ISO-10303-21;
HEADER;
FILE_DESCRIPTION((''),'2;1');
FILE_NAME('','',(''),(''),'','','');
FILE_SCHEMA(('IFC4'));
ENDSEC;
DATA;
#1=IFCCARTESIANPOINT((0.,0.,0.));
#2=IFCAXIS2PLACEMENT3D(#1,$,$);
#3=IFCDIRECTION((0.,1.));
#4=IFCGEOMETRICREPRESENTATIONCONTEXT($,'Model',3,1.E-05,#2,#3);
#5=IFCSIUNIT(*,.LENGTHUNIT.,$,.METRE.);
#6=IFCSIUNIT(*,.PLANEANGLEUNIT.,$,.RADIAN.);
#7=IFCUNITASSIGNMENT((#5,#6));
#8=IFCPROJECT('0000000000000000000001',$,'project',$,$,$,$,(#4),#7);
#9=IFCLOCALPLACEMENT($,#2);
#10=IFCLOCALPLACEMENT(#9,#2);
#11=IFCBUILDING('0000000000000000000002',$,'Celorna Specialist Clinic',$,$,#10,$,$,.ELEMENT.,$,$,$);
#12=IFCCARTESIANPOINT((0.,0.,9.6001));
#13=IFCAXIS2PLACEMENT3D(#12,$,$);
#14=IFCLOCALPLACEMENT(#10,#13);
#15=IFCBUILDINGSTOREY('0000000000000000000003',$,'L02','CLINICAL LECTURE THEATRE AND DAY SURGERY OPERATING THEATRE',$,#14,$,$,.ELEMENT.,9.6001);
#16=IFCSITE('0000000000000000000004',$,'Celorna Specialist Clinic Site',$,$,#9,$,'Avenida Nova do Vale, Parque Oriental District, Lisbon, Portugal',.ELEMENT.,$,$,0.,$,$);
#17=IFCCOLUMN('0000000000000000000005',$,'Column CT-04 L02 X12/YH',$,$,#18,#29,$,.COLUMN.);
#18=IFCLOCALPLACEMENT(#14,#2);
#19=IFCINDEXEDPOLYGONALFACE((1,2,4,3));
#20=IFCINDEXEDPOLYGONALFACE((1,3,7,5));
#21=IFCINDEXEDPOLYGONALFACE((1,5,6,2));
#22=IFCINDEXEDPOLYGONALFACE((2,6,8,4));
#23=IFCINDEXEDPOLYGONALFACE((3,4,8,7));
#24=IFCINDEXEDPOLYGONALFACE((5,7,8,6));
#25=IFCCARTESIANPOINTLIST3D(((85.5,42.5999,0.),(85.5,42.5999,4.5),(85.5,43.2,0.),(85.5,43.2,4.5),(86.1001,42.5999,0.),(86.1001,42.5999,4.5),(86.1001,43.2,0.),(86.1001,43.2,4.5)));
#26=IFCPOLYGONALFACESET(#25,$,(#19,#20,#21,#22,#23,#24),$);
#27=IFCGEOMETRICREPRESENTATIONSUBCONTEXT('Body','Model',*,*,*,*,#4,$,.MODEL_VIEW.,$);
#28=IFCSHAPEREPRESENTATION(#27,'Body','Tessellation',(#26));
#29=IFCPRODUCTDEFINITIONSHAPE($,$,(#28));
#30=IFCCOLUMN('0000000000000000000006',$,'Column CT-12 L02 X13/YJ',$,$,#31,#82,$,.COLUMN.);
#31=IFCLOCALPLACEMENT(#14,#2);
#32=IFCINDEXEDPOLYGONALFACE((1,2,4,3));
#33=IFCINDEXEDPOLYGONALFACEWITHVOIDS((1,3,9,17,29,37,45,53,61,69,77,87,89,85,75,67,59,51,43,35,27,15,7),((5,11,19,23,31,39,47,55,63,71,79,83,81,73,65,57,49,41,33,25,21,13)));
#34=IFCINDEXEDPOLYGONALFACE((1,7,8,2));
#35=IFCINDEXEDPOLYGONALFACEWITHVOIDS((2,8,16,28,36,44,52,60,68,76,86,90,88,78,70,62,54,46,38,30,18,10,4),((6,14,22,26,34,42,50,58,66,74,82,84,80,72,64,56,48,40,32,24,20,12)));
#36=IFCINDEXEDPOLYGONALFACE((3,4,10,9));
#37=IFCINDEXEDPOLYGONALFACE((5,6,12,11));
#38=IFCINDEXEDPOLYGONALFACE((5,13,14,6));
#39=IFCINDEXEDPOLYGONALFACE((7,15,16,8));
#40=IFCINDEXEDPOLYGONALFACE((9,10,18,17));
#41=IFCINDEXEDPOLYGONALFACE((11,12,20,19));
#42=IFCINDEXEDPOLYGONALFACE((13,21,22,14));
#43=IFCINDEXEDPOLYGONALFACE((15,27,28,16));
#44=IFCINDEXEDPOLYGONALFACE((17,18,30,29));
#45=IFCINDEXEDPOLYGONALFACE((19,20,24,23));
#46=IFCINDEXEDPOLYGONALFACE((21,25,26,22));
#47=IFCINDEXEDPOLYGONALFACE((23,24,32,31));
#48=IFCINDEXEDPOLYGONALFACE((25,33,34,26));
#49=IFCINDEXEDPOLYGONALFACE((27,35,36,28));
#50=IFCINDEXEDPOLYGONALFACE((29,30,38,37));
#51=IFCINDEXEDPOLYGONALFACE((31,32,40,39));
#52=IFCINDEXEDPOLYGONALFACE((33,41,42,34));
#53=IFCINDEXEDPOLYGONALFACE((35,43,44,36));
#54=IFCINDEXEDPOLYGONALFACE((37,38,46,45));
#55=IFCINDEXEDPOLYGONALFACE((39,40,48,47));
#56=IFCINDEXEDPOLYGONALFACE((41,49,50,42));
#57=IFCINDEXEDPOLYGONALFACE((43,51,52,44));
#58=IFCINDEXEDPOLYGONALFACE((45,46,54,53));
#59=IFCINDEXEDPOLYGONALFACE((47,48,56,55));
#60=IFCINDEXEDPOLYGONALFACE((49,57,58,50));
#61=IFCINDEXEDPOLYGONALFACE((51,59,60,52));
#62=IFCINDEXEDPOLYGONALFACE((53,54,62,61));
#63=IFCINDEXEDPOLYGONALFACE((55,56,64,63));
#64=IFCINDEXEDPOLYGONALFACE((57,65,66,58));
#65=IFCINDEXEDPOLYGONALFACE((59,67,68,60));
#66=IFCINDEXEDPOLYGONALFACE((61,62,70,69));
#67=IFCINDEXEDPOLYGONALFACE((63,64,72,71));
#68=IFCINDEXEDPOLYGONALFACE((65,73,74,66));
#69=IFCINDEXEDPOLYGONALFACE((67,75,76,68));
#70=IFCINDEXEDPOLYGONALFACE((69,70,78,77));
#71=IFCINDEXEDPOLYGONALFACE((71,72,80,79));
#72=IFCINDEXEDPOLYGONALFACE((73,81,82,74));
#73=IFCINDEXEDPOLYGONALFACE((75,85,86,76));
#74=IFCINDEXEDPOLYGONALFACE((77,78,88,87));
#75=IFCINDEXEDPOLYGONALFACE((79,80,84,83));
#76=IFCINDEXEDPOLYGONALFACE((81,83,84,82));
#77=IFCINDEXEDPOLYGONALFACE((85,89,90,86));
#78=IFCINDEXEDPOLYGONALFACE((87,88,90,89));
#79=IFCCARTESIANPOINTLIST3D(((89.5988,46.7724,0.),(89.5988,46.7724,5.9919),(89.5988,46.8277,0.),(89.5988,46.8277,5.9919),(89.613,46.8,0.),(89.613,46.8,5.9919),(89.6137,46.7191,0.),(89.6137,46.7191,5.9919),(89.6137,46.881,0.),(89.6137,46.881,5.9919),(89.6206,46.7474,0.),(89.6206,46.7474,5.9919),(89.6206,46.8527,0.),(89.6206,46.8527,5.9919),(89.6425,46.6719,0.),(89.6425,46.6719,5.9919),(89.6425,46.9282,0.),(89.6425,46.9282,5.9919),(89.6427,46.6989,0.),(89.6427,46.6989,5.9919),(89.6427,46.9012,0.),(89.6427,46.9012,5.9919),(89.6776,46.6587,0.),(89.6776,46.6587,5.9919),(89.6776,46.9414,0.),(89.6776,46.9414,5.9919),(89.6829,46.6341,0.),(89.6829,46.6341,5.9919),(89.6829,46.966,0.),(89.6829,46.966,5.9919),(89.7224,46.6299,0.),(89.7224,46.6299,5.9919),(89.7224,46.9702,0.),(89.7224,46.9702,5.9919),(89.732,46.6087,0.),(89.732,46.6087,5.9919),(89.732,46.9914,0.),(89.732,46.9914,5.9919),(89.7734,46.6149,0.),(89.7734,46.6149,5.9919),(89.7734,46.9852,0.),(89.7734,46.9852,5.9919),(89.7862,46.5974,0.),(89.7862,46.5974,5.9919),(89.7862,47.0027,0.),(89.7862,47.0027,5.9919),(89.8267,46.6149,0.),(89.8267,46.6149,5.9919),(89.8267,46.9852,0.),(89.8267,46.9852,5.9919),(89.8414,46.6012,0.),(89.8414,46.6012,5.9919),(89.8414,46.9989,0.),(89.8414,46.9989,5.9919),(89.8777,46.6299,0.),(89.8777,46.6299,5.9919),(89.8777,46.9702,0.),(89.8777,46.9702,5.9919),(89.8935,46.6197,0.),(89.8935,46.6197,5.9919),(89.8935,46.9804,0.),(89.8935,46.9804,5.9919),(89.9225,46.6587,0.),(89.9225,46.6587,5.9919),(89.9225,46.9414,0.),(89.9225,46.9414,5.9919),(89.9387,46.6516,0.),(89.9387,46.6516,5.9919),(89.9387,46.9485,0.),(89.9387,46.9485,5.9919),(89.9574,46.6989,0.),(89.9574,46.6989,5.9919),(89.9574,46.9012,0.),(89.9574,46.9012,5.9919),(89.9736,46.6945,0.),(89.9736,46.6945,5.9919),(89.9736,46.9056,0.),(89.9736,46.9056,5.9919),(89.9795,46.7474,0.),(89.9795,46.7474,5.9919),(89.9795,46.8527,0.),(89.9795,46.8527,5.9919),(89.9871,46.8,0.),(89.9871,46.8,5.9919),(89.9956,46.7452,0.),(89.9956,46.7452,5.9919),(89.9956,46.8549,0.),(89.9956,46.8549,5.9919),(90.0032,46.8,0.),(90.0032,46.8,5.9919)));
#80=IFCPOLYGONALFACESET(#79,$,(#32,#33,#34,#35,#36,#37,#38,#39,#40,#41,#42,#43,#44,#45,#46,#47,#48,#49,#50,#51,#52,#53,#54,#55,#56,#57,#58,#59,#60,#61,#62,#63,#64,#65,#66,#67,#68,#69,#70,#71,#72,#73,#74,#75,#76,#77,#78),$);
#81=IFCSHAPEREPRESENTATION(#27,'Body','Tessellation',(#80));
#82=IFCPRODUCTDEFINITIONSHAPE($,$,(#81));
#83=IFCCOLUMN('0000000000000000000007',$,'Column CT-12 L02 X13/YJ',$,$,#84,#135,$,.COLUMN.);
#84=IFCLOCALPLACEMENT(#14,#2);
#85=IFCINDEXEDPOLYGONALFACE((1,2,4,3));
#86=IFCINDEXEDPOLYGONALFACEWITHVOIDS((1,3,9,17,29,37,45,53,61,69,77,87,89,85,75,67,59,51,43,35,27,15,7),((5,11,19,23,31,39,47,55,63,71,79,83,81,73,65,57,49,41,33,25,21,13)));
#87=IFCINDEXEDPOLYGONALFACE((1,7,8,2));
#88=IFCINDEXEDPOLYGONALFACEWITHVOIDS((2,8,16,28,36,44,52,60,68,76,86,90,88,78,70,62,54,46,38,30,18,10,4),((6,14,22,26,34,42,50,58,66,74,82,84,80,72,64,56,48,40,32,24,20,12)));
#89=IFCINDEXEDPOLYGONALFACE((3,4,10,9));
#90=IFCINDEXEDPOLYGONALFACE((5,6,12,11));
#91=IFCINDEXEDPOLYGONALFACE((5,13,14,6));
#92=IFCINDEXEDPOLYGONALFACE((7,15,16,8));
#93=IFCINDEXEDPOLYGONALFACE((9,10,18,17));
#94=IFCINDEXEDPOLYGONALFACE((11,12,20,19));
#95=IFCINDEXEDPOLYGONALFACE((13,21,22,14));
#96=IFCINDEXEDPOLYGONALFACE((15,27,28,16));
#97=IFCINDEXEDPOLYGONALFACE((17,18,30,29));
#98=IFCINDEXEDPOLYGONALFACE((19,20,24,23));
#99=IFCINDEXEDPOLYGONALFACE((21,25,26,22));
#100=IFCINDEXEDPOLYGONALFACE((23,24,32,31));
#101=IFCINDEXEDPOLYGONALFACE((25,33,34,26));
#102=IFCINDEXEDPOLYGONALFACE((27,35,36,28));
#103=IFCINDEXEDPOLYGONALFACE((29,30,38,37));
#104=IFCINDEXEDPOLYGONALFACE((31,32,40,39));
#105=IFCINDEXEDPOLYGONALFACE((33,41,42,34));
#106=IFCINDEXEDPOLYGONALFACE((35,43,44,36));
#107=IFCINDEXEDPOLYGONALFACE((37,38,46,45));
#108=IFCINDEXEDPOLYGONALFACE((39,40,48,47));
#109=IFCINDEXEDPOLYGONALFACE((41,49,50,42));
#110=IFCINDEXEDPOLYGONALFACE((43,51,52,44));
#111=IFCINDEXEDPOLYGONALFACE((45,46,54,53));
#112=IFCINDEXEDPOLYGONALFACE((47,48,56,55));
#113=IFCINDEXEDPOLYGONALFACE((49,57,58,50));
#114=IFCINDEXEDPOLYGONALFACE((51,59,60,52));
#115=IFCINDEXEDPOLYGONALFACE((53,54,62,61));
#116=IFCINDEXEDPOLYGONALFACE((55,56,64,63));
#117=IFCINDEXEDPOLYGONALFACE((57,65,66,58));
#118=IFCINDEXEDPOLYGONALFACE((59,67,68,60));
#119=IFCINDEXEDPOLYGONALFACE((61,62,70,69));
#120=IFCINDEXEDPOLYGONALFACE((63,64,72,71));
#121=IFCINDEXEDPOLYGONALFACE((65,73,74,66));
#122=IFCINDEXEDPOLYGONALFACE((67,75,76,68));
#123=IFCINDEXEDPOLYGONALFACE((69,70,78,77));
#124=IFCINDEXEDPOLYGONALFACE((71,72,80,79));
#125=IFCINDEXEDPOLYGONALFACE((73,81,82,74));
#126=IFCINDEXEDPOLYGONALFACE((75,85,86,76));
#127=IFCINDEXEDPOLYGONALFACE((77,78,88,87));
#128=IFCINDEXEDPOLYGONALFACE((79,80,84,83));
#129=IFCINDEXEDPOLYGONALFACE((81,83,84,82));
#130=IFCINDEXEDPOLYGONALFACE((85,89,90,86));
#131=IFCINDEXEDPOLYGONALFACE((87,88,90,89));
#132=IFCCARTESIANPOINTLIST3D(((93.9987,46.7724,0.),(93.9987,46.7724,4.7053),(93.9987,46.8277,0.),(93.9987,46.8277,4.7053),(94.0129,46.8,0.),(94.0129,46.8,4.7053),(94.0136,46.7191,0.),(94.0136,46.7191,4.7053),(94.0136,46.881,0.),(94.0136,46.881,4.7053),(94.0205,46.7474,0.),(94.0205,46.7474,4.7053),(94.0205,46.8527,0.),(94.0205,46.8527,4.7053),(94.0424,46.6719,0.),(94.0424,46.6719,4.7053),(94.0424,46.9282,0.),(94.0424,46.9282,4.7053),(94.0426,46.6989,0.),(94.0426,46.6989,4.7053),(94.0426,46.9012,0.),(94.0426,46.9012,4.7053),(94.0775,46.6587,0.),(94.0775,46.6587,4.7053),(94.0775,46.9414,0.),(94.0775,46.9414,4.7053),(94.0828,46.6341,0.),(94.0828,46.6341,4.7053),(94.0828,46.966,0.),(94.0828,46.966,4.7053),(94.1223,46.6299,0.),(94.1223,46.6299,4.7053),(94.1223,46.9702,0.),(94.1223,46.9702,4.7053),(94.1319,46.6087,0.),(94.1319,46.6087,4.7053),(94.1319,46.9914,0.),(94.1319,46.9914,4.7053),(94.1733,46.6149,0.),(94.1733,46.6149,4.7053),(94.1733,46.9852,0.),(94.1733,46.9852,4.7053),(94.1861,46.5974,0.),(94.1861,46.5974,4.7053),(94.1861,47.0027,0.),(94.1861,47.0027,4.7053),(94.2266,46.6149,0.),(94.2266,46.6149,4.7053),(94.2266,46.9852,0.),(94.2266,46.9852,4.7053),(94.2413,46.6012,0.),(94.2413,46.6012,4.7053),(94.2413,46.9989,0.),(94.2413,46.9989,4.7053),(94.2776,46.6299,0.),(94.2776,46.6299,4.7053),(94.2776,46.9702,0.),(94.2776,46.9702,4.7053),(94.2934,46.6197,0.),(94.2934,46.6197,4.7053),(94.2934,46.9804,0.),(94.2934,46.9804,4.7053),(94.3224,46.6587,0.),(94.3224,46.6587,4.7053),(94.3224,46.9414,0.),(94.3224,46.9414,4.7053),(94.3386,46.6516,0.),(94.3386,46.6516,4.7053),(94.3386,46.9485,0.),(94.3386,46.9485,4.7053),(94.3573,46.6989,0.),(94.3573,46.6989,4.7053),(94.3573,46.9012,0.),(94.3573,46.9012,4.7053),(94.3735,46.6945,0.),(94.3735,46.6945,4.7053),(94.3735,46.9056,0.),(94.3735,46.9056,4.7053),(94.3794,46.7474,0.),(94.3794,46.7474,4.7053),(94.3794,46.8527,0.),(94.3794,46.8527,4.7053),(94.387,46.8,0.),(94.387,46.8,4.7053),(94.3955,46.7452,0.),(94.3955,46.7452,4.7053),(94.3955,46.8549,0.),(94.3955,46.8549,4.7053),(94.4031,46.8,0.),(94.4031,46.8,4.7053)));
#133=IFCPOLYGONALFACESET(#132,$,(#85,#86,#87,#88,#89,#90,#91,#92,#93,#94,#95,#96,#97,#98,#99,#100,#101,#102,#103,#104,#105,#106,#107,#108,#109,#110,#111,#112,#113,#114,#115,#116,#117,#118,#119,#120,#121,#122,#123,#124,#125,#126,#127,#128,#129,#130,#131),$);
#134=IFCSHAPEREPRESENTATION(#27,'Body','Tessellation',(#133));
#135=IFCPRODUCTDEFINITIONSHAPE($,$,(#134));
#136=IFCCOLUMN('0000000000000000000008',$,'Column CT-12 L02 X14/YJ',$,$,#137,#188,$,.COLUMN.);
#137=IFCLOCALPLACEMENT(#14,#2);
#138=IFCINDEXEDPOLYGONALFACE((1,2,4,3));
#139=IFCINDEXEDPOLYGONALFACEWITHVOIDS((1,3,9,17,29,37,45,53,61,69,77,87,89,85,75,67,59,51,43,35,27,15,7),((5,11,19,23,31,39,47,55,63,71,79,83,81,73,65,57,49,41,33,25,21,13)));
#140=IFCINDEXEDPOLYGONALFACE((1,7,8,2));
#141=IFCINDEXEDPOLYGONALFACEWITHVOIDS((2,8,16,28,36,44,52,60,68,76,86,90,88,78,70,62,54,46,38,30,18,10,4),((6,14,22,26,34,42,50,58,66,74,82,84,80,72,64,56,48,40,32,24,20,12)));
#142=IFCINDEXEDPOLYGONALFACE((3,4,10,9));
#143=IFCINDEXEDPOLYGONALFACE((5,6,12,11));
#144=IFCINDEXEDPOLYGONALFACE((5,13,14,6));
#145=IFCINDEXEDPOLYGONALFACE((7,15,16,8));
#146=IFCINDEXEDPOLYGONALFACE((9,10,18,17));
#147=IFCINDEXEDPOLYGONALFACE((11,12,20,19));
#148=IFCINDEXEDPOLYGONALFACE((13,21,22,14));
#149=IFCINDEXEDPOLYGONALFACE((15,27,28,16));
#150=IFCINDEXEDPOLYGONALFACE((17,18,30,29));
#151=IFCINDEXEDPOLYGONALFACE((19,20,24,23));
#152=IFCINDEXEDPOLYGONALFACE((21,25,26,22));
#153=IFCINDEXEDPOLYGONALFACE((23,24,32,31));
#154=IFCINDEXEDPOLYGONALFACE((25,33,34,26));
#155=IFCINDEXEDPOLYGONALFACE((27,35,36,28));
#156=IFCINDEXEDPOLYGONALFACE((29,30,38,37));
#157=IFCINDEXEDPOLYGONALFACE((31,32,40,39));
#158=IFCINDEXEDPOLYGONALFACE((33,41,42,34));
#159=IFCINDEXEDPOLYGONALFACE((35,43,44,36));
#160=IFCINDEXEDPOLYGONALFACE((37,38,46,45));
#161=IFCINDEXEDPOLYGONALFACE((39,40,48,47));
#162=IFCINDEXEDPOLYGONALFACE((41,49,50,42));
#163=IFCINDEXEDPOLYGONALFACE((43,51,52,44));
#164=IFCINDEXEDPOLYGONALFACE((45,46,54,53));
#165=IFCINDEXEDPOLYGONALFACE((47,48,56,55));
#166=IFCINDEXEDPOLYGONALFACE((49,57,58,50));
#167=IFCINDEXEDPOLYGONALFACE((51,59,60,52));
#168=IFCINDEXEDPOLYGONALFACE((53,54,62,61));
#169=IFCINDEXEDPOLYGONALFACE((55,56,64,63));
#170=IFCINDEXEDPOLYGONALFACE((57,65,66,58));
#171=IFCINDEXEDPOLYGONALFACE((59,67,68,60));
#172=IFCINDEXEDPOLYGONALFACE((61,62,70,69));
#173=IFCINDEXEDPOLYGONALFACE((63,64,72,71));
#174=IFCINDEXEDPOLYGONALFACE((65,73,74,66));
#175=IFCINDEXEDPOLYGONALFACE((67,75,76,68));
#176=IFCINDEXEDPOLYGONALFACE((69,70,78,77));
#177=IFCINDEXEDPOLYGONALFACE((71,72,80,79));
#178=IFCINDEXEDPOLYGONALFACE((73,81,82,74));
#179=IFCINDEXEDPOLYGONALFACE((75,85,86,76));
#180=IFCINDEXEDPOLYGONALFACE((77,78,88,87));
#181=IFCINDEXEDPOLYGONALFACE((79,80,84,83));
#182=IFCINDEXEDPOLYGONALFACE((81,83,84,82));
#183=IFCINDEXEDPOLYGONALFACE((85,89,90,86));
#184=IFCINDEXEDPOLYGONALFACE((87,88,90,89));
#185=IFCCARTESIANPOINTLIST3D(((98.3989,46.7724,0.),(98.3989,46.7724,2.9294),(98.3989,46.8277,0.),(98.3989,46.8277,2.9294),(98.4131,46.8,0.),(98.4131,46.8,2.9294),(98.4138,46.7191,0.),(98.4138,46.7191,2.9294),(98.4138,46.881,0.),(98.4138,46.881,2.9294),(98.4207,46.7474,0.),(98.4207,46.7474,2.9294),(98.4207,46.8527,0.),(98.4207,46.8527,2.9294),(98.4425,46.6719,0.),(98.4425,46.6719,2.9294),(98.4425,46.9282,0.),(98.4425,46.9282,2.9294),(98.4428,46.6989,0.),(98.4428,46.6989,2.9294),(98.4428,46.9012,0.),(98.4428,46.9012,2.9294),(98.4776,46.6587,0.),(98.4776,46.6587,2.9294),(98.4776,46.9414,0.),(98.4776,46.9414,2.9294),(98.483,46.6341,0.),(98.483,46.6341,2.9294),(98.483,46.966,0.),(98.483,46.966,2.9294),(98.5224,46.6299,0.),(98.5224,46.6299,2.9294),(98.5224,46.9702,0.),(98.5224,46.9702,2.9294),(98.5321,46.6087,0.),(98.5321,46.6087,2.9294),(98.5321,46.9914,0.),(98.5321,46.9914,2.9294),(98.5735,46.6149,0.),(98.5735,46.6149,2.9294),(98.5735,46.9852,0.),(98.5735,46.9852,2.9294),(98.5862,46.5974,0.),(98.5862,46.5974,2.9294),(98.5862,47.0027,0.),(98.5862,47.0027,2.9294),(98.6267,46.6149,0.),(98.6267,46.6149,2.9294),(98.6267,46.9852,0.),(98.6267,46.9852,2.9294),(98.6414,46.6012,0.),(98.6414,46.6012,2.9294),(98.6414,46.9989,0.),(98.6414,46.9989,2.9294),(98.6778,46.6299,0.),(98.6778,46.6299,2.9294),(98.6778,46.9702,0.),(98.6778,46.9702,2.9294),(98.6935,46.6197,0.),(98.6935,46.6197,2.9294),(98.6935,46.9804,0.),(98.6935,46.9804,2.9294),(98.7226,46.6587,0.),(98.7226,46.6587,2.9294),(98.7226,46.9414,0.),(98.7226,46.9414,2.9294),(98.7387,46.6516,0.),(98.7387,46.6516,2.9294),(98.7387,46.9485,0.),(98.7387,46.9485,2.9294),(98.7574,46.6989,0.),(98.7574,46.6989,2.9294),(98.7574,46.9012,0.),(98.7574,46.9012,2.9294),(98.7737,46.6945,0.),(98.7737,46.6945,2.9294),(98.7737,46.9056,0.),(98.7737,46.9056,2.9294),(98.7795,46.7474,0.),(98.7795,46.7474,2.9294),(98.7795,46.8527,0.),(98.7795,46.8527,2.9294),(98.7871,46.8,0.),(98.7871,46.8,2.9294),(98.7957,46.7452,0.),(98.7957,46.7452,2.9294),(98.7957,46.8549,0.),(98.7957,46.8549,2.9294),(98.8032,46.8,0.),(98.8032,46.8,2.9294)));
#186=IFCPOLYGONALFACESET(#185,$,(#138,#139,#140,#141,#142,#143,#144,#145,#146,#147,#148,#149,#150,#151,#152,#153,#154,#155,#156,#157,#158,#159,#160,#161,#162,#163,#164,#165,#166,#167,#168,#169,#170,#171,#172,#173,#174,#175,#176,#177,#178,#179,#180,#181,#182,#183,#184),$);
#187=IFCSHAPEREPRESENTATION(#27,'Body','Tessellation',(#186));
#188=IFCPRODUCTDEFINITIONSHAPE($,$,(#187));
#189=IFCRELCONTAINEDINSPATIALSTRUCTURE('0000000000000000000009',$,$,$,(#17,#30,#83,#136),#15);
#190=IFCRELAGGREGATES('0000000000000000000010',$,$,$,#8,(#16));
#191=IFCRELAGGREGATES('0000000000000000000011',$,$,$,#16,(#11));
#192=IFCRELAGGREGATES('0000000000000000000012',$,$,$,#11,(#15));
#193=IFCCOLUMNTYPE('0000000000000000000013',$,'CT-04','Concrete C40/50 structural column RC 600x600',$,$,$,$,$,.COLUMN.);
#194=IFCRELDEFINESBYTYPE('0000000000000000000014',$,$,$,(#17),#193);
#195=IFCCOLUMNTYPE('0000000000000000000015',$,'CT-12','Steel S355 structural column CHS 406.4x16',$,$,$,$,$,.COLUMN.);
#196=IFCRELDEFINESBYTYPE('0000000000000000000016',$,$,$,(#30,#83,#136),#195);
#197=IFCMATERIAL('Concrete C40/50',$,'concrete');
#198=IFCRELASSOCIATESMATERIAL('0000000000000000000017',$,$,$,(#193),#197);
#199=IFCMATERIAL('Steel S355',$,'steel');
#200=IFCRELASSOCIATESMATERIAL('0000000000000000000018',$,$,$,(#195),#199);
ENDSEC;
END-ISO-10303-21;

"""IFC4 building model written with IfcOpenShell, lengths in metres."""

from ifc_helpers import new_model, si_unit, direction, frame, origin, origin_2d, place, context, subcontext, project, spatial, rectangle, hollow_circle, extrude, material, material_profile, profile_set, type_object, element, save


model = new_model("IFC4")

# Units and contexts
model_context = context("Model", 3, precision=1e-05, world=origin(), true_north=direction((0.0, 1.0)))
body_context = subcontext(model_context, "Body", "Model", "MODEL_VIEW")
ifc_project = project(units=[si_unit("LENGTHUNIT", "METRE"), si_unit("PLANEANGLEUNIT", "RADIAN")], contexts=[model_context])

# Site, building, storey
site_placement = place(None, origin())
site = spatial("IfcSite", under=ifc_project, at=site_placement, Name="Celorna Specialist Clinic Site", LongName="Avenida Nova do Vale, Parque Oriental District, Lisbon, Portugal", CompositionType="ELEMENT", RefElevation=0.0)
building_placement = place(site_placement, origin())
building = spatial("IfcBuilding", under=site, at=building_placement, Name="Celorna Specialist Clinic", CompositionType="ELEMENT")
storey_placement = place(building_placement, frame((0.0, 0.0, 9.6001)))
storey = spatial("IfcBuildingStorey", under=building, at=storey_placement, Name="L02", Description="CLINICAL LECTURE THEATRE AND DAY SURGERY OPERATING THEATRE", CompositionType="ELEMENT", Elevation=9.6001)

# Columns
ifc_material_1 = material(Name="Concrete C40/50", Category="concrete")
ifc_material_profile_1 = material_profile(ifc_material_1, rectangle(XDim=0.6001, YDim=0.6001, at=origin_2d()), Name="RC 600x600")
ifc_profile_set_1 = profile_set([ifc_material_profile_1], Name="Concrete C40/50")
column_type_1 = type_object("IfcColumnType", Name="CT-04", Description="Concrete C40/50 structural column RC 600x600", PredefinedType="COLUMN", material=ifc_profile_set_1)
column_1_placement = place(storey_placement, frame((85.8, 42.8999, 0.0), z_axis=(0.0, 0.0, 1.0), x_axis=(1.0, 0.0, 0.0)))
element("IfcColumn", 1, at=column_1_placement, inside=storey, type_object=column_type_1, Name="Column CT-04 L02 X12/YH", PredefinedType="COLUMN", context=body_context, shape_type="SweptSolid", body=[
    extrude(rectangle(XDim=0.6001, YDim=0.6001, at=origin_2d()), origin(), (0.0, 0.0, 1.0), 4.5),
])
ifc_material_2 = material(Name="Steel S355", Category="steel")
ifc_material_profile_2 = material_profile(ifc_material_2, hollow_circle(Radius=0.2031, WallThickness=0.0161, at=origin_2d()), Name="CHS 406.4x16")
ifc_profile_set_2 = profile_set([ifc_material_profile_2], Name="Steel S355")
column_type_2 = type_object("IfcColumnType", Name="CT-12", Description="Steel S355 structural column CHS 406.4x16", PredefinedType="COLUMN", material=ifc_profile_set_2)
column_2_placement = place(storey_placement, frame((89.8, 46.8, 0.0), z_axis=(0.0, 0.0, 1.0), x_axis=(1.0, 0.0, 0.0)))
element("IfcColumn", 2, at=column_2_placement, inside=storey, type_object=column_type_2, Name="Column CT-12 L02 X13/YJ", PredefinedType="COLUMN", context=body_context, shape_type="SweptSolid", body=[
    extrude(hollow_circle(Radius=0.2031, WallThickness=0.0161, at=origin_2d()), origin(), (0.0, 0.0, 1.0), 5.9919),
])
column_3_placement = place(storey_placement, frame((94.2, 46.8, 0.0), z_axis=(0.0, 0.0, 1.0), x_axis=(1.0, 0.0, 0.0)))
element("IfcColumn", 3, at=column_3_placement, inside=storey, type_object=column_type_2, Name="Column CT-12 L02 X13/YJ", PredefinedType="COLUMN", context=body_context, shape_type="SweptSolid", body=[
    extrude(hollow_circle(Radius=0.2031, WallThickness=0.0161, at=origin_2d()), origin(), (0.0, 0.0, 1.0), 4.7053),
])
column_4_placement = place(storey_placement, frame((98.6001, 46.8, 0.0), z_axis=(0.0, 0.0, 1.0), x_axis=(1.0, 0.0, 0.0)))
element("IfcColumn", 4, at=column_4_placement, inside=storey, type_object=column_type_2, Name="Column CT-12 L02 X14/YJ", PredefinedType="COLUMN", context=body_context, shape_type="SweptSolid", body=[
    extrude(hollow_circle(Radius=0.2031, WallThickness=0.0161, at=origin_2d()), origin(), (0.0, 0.0, 1.0), 2.9294),
])

save(model, "model.ifc")
